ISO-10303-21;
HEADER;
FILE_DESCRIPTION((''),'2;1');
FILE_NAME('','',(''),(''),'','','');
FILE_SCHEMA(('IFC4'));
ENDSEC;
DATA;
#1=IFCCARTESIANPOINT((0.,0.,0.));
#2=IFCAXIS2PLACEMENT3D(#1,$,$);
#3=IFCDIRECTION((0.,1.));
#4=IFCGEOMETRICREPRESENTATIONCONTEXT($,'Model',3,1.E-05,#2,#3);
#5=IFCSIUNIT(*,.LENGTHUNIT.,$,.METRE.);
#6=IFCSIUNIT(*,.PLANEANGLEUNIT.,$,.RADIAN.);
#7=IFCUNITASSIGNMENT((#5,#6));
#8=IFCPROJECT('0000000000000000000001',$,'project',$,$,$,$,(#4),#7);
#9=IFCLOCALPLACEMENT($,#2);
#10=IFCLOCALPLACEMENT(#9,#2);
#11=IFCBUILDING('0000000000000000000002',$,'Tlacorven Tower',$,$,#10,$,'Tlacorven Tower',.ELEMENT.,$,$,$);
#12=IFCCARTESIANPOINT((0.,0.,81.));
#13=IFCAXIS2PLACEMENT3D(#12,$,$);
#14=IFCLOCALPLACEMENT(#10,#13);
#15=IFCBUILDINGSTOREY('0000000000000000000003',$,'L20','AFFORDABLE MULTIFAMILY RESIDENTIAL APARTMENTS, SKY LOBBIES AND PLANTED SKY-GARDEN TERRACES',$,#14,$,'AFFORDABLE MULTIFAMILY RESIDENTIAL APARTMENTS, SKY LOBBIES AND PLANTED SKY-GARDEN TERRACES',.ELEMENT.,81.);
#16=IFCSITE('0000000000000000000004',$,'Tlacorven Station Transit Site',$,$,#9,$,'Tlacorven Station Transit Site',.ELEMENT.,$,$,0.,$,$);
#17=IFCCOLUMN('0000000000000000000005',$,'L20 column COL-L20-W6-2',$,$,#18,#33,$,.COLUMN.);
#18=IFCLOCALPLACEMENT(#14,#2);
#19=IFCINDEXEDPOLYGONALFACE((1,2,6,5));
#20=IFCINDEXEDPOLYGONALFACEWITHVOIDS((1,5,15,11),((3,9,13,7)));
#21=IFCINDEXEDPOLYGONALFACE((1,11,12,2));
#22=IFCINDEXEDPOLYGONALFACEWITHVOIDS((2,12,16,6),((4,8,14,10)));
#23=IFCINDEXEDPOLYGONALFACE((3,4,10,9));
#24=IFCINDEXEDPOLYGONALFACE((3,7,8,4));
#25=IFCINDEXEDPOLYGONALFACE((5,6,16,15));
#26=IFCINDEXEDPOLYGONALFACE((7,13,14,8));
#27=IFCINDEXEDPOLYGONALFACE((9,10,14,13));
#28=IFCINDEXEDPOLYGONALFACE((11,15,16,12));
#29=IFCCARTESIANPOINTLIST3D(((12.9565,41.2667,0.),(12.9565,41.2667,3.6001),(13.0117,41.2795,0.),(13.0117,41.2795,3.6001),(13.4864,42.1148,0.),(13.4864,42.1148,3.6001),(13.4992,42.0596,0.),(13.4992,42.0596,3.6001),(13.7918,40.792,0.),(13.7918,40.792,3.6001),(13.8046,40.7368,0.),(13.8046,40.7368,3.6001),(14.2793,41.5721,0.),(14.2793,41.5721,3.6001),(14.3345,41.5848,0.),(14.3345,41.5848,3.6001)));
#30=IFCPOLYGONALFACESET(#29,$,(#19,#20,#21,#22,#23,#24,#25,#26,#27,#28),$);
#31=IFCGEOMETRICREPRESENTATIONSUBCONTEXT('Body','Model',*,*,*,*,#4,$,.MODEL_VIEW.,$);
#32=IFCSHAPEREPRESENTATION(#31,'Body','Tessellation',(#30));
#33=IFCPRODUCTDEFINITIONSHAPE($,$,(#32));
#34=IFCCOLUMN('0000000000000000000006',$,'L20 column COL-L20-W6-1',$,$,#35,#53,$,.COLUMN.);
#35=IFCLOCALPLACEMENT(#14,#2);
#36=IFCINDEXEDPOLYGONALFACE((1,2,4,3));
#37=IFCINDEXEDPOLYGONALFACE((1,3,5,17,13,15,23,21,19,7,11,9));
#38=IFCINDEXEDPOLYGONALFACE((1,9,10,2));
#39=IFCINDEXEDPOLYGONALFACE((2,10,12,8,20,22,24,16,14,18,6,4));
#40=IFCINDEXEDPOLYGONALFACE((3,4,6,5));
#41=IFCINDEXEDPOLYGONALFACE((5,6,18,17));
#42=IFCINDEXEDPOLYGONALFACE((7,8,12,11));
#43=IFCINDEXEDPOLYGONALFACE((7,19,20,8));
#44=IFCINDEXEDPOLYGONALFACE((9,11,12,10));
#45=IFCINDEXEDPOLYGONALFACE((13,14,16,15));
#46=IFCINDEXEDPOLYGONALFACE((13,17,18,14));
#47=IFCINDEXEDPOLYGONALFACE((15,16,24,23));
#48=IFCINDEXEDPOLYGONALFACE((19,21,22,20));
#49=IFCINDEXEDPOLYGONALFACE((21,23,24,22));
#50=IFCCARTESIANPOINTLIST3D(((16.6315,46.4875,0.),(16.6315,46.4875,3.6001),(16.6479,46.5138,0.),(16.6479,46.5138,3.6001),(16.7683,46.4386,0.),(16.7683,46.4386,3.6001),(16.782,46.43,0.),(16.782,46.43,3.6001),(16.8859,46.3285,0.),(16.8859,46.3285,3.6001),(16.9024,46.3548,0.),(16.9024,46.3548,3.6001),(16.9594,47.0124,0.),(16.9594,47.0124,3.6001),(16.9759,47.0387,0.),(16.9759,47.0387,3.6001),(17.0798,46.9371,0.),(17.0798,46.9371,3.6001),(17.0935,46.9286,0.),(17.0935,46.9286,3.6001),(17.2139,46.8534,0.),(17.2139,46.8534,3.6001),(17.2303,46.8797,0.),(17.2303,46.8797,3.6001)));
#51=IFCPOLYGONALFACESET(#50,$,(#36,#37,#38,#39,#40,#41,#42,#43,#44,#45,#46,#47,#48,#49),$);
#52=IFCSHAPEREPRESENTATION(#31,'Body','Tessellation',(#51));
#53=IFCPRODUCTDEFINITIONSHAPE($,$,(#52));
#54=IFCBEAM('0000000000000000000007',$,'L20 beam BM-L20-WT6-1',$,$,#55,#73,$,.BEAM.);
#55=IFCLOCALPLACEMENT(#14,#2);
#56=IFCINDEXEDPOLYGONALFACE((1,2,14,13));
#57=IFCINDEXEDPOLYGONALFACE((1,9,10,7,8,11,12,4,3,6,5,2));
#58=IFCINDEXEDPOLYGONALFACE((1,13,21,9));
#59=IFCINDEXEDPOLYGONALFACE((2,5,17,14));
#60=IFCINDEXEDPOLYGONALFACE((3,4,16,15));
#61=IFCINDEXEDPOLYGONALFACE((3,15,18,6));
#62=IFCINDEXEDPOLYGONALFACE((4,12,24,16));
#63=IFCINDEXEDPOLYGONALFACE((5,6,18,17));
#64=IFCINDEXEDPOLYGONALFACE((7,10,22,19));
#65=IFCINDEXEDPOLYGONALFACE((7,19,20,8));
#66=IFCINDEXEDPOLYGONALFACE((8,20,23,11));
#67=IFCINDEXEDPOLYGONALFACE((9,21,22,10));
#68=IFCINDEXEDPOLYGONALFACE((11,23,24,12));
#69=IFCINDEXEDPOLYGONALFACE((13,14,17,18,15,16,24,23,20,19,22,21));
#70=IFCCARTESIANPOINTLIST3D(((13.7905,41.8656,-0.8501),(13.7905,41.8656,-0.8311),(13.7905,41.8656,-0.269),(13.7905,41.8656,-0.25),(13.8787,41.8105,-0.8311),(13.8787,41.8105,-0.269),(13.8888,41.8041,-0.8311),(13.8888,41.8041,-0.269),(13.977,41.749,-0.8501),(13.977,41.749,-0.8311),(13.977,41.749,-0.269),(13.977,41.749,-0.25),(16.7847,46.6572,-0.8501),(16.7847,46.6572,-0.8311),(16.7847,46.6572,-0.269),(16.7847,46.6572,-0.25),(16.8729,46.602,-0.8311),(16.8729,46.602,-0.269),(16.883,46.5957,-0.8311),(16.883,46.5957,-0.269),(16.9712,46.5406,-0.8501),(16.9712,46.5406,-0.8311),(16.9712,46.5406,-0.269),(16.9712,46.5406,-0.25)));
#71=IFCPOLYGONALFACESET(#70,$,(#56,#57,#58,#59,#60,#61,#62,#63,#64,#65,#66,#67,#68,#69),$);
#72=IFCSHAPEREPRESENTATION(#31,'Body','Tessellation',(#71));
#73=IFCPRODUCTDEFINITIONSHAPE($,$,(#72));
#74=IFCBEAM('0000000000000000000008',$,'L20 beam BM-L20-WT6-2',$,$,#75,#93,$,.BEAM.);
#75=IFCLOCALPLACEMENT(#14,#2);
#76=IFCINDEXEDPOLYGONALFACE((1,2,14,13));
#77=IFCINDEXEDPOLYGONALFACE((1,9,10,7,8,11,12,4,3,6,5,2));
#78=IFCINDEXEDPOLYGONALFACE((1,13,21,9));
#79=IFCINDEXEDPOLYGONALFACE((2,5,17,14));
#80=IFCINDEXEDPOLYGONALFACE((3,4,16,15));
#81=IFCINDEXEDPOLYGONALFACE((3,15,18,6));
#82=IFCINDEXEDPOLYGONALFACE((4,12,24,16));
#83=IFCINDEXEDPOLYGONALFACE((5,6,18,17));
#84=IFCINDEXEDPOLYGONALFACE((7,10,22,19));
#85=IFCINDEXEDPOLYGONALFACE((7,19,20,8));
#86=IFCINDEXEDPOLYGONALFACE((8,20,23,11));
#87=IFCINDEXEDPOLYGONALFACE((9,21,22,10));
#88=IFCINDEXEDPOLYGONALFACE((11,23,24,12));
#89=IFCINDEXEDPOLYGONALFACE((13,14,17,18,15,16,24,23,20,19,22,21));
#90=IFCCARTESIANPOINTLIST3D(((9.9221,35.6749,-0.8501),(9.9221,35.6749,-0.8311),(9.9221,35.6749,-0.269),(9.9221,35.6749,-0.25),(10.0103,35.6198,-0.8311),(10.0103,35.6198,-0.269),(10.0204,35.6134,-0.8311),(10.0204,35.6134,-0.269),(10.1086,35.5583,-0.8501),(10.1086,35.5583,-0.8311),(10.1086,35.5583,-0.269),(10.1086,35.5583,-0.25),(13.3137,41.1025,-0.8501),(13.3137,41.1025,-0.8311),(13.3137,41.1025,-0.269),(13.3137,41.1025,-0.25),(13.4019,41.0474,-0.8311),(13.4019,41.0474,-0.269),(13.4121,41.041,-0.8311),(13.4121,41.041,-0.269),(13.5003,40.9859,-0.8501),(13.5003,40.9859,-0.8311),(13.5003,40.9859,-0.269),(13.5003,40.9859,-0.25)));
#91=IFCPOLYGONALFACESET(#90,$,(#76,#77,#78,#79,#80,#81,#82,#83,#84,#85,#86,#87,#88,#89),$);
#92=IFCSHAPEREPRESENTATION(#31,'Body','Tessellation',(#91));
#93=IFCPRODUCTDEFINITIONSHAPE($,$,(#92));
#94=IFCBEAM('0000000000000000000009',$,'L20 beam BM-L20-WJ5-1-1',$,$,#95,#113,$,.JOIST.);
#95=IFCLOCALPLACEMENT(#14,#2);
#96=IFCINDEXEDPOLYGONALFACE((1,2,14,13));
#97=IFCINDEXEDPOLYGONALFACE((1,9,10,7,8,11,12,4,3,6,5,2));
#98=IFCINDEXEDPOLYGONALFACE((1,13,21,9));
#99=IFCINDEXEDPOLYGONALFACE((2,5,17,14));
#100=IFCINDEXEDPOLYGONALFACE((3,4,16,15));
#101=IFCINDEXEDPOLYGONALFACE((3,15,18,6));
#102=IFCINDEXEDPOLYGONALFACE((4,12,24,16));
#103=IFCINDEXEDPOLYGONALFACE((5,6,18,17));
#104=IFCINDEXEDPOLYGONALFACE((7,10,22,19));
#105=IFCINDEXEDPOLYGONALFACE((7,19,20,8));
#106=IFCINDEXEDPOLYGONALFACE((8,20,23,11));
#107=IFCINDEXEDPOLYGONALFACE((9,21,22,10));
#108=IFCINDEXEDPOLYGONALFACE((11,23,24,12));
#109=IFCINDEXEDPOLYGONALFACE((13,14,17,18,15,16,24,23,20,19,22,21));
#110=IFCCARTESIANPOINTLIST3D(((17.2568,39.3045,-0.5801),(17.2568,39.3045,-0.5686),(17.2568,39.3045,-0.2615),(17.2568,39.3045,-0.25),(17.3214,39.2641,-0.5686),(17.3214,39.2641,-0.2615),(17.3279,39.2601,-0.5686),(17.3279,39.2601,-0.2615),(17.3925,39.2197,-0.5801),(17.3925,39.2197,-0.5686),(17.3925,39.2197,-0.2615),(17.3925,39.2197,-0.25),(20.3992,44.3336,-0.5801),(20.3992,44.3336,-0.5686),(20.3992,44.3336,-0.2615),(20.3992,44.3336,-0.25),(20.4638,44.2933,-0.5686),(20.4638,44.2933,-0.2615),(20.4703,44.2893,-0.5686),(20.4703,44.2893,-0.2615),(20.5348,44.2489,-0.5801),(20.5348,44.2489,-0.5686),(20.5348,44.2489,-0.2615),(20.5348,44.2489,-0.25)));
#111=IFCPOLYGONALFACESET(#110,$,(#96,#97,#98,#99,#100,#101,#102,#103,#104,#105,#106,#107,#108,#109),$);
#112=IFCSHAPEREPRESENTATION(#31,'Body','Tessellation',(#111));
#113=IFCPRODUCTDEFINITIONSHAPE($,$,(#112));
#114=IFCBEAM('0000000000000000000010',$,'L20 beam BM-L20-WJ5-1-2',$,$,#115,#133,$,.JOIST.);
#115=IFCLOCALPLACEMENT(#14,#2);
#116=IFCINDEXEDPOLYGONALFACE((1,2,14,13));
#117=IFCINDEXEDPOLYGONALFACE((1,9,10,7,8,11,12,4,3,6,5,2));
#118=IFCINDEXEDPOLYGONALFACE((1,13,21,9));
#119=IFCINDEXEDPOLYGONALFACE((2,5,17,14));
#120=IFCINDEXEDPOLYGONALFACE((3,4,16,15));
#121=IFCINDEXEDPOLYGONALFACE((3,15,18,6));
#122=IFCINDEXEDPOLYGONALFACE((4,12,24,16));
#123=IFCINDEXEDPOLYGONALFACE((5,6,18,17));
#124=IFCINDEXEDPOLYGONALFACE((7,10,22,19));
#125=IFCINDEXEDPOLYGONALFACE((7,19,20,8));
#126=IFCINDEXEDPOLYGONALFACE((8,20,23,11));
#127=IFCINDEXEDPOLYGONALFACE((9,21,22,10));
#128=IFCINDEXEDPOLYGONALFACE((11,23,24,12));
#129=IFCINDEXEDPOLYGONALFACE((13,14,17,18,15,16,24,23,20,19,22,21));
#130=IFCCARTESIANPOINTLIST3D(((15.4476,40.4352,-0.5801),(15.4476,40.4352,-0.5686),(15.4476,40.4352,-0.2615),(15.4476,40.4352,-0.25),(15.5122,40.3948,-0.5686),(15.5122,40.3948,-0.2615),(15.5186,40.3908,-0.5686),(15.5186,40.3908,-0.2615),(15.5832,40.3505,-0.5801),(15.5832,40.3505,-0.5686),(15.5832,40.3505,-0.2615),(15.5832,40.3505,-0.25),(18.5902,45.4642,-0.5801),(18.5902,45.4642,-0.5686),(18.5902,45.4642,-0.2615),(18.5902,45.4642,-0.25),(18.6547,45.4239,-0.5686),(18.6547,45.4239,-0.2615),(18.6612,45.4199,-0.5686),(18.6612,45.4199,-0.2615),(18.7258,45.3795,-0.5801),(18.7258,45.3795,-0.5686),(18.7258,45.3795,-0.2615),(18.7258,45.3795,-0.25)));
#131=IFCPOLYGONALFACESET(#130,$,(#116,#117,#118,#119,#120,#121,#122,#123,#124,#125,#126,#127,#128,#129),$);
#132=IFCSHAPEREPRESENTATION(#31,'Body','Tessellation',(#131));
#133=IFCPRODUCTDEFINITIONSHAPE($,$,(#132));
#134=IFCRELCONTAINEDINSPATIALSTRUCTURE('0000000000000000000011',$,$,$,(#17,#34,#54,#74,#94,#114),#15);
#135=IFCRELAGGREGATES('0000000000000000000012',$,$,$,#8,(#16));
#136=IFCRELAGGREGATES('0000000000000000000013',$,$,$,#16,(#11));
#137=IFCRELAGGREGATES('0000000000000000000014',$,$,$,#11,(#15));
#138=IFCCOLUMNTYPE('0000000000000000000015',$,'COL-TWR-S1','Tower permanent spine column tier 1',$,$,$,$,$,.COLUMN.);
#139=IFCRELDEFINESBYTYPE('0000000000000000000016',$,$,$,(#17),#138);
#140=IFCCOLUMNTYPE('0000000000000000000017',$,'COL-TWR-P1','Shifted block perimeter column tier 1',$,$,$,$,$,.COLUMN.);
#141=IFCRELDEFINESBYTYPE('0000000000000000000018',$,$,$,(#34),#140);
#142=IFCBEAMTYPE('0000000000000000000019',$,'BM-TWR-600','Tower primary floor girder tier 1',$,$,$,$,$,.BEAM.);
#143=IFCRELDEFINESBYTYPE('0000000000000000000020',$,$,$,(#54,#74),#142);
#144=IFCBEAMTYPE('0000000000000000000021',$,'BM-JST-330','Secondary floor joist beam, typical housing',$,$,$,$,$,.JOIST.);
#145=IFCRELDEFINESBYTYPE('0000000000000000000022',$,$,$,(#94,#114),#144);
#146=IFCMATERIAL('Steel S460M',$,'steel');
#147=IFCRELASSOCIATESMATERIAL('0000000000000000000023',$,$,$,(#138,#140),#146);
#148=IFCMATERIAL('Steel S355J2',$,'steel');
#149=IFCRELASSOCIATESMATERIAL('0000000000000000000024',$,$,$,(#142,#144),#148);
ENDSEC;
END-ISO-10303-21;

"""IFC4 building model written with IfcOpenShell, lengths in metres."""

from ifc_helpers import new_model, si_unit, direction, frame, origin, origin_2d, place, context, subcontext, project, spatial, hollow_rectangle, i_section, extrude, source, transform, mapped, material, material_profile, profile_set, type_object, element, save


model = new_model("IFC4")

# Units and contexts
model_context = context("Model", 3, precision=1e-05, world=origin(), true_north=direction((0.0, 1.0)))
body_context = subcontext(model_context, "Body", "Model", "MODEL_VIEW")
ifc_project = project(units=[si_unit("LENGTHUNIT", "METRE"), si_unit("PLANEANGLEUNIT", "RADIAN")], contexts=[model_context])

# Site, building, storey
site_placement = place(None, origin())
site = spatial("IfcSite", under=ifc_project, at=site_placement, Name="Tlacorven Station Transit Site", LongName="Tlacorven Station Transit Site", CompositionType="ELEMENT", RefElevation=0.0)
building_placement = place(site_placement, origin())
building = spatial("IfcBuilding", under=site, at=building_placement, Name="Tlacorven Tower", LongName="Tlacorven Tower", CompositionType="ELEMENT")
storey_placement = place(building_placement, frame((0.0, 0.0, 81.0)))
storey = spatial("IfcBuildingStorey", under=building, at=storey_placement, Name="L20", Description="AFFORDABLE MULTIFAMILY RESIDENTIAL APARTMENTS, SKY LOBBIES AND PLANTED SKY-GARDEN TERRACES", LongName="AFFORDABLE MULTIFAMILY RESIDENTIAL APARTMENTS, SKY LOBBIES AND PLANTED SKY-GARDEN TERRACES", CompositionType="ELEMENT", Elevation=81.0)

# Columns
ifc_material_1 = material(Name="Steel S460M", Category="steel")
ifc_material_profile_1 = material_profile(ifc_material_1, hollow_rectangle(XDim=1.0, YDim=1.0, WallThickness=0.04, at=origin_2d()), Name="BOX 1000X1000X40")
ifc_profile_set_1 = profile_set([ifc_material_profile_1], Name="Steel S460M")
column_type_1 = type_object("IfcColumnType", Name="COL-TWR-S1", Description="Tower permanent spine column tier 1", PredefinedType="COLUMN", material=ifc_profile_set_1)
shared_shape_1 = source(origin(), body_context, "Body", "SweptSolid", [
    extrude(hollow_rectangle(XDim=1.0, YDim=1.0, WallThickness=0.04, at=origin_2d()), origin(), (0.0, 0.0, 1.0), 3.6001),
])
column_1_placement = place(storey_placement, frame((13.6455, 41.4258, 0.0), z_axis=(0.0, 0.0, 1.0), x_axis=(-0.848048, 0.529919, 0.0)))
element("IfcColumn", 1, at=column_1_placement, inside=storey, type_object=column_type_1, Name="L20 column COL-L20-W6-2", PredefinedType="COLUMN", context=body_context, shape_type="MappedRepresentation", body=[
    mapped(shared_shape_1, transform((0.0, 0.0, 0.0), scale=1.0)),
])
ifc_material_profile_2 = material_profile(ifc_material_1, i_section(OverallWidth=0.3, OverallDepth=0.6499, WebThickness=0.0161, FlangeThickness=0.031, at=origin_2d()), Name="HEB 650")
ifc_profile_set_2 = profile_set([ifc_material_profile_2], Name="Steel S460M")
column_type_2 = type_object("IfcColumnType", Name="COL-TWR-P1", Description="Shifted block perimeter column tier 1", PredefinedType="COLUMN", material=ifc_profile_set_2)
shared_shape_2 = source(origin(), body_context, "Body", "SweptSolid", [
    extrude(i_section(OverallWidth=0.3, OverallDepth=0.6499, WebThickness=0.0161, FlangeThickness=0.031, at=origin_2d()), origin(), (0.0, 0.0, 1.0), 3.6001),
])
column_2_placement = place(storey_placement, frame((16.9309, 46.6836, 0.0), z_axis=(0.0, 0.0, 1.0), x_axis=(-0.848048, 0.529919, 0.0)))
element("IfcColumn", 2, at=column_2_placement, inside=storey, type_object=column_type_2, Name="L20 column COL-L20-W6-1", PredefinedType="COLUMN", context=body_context, shape_type="MappedRepresentation", body=[
    mapped(shared_shape_2, transform((0.0, 0.0, 0.0), scale=1.0)),
])

# Beams
ifc_material_2 = material(Name="Steel S355J2", Category="steel")
ifc_material_profile_3 = material_profile(ifc_material_2, i_section(OverallWidth=0.22, OverallDepth=0.6001, WebThickness=0.012, FlangeThickness=0.019, at=origin_2d()), Name="IPE 600")
ifc_profile_set_3 = profile_set([ifc_material_profile_3], Name="Steel S355J2")
beam_type_1 = type_object("IfcBeamType", Name="BM-TWR-600", Description="Tower primary floor girder tier 1", PredefinedType="BEAM", material=ifc_profile_set_3)
shared_shape_3 = source(origin(), body_context, "Body", "SweptSolid", [
    extrude(i_section(OverallWidth=0.22, OverallDepth=0.6001, WebThickness=0.012, FlangeThickness=0.019, at=origin_2d()), origin(), (0.0, 0.0, 1.0), 5.6501),
])
beam_1_placement = place(storey_placement, frame((16.8779, 46.5989, -0.55), z_axis=(-0.529929, -0.848042, 0.0), x_axis=(0.848042, -0.529929, 0.0)))
element("IfcBeam", 3, at=beam_1_placement, inside=storey, type_object=beam_type_1, Name="L20 beam BM-L20-WT6-1", PredefinedType="BEAM", context=body_context, shape_type="MappedRepresentation", body=[
    mapped(shared_shape_3, transform((0.0, 0.0, 0.0), scale=1.0)),
])
shared_shape_4 = source(origin(), body_context, "Body", "SweptSolid", [
    extrude(i_section(OverallWidth=0.22, OverallDepth=0.6001, WebThickness=0.012, FlangeThickness=0.019, at=origin_2d()), origin(), (0.0, 0.0, 1.0), 6.4001),
])
beam_2_placement = place(storey_placement, frame((13.407, 41.0442, -0.55), z_axis=(-0.529934, -0.848039, 0.0), x_axis=(0.848039, -0.529934, 0.0)))
element("IfcBeam", 4, at=beam_2_placement, inside=storey, type_object=beam_type_1, Name="L20 beam BM-L20-WT6-2", PredefinedType="BEAM", context=body_context, shape_type="MappedRepresentation", body=[
    mapped(shared_shape_4, transform((0.0, 0.0, 0.0), scale=1.0)),
])
ifc_material_profile_4 = material_profile(ifc_material_2, i_section(OverallWidth=0.1599, OverallDepth=0.3301, WebThickness=0.0076, FlangeThickness=0.0115, at=origin_2d()), Name="IPE 330")
ifc_profile_set_4 = profile_set([ifc_material_profile_4], Name="Steel S355J2")
beam_type_2 = type_object("IfcBeamType", Name="BM-JST-330", Description="Secondary floor joist beam, typical housing", PredefinedType="JOIST", material=ifc_profile_set_4)
shared_shape_5 = source(origin(), body_context, "Body", "SweptSolid", [
    extrude(i_section(OverallWidth=0.1599, OverallDepth=0.3301, WebThickness=0.0076, FlangeThickness=0.0115, at=origin_2d()), origin(), (0.0, 0.0, 1.0), 5.9302),
])
for number, where, z_axis, x_axis, name in (
    (5, (20.467, 44.2913, -0.415), (-0.529899, -0.848061, 0.0), (0.848061, -0.529899, 0.0), "L20 beam BM-L20-WJ5-1-1"),
    (6, (18.658, 45.4219, -0.415), (-0.529929, -0.848042, 0.0), (0.848042, -0.529929, 0.0), "L20 beam BM-L20-WJ5-1-2"),
):
    element("IfcBeam", number, at=place(storey_placement, frame(where, z_axis=z_axis, x_axis=x_axis)), inside=storey, type_object=beam_type_2, Name=name, PredefinedType="JOIST", context=body_context, shape_type="MappedRepresentation", body=[
        mapped(shared_shape_5, transform((0.0, 0.0, 0.0), scale=1.0)),
    ])

save(model, "model.ifc")
